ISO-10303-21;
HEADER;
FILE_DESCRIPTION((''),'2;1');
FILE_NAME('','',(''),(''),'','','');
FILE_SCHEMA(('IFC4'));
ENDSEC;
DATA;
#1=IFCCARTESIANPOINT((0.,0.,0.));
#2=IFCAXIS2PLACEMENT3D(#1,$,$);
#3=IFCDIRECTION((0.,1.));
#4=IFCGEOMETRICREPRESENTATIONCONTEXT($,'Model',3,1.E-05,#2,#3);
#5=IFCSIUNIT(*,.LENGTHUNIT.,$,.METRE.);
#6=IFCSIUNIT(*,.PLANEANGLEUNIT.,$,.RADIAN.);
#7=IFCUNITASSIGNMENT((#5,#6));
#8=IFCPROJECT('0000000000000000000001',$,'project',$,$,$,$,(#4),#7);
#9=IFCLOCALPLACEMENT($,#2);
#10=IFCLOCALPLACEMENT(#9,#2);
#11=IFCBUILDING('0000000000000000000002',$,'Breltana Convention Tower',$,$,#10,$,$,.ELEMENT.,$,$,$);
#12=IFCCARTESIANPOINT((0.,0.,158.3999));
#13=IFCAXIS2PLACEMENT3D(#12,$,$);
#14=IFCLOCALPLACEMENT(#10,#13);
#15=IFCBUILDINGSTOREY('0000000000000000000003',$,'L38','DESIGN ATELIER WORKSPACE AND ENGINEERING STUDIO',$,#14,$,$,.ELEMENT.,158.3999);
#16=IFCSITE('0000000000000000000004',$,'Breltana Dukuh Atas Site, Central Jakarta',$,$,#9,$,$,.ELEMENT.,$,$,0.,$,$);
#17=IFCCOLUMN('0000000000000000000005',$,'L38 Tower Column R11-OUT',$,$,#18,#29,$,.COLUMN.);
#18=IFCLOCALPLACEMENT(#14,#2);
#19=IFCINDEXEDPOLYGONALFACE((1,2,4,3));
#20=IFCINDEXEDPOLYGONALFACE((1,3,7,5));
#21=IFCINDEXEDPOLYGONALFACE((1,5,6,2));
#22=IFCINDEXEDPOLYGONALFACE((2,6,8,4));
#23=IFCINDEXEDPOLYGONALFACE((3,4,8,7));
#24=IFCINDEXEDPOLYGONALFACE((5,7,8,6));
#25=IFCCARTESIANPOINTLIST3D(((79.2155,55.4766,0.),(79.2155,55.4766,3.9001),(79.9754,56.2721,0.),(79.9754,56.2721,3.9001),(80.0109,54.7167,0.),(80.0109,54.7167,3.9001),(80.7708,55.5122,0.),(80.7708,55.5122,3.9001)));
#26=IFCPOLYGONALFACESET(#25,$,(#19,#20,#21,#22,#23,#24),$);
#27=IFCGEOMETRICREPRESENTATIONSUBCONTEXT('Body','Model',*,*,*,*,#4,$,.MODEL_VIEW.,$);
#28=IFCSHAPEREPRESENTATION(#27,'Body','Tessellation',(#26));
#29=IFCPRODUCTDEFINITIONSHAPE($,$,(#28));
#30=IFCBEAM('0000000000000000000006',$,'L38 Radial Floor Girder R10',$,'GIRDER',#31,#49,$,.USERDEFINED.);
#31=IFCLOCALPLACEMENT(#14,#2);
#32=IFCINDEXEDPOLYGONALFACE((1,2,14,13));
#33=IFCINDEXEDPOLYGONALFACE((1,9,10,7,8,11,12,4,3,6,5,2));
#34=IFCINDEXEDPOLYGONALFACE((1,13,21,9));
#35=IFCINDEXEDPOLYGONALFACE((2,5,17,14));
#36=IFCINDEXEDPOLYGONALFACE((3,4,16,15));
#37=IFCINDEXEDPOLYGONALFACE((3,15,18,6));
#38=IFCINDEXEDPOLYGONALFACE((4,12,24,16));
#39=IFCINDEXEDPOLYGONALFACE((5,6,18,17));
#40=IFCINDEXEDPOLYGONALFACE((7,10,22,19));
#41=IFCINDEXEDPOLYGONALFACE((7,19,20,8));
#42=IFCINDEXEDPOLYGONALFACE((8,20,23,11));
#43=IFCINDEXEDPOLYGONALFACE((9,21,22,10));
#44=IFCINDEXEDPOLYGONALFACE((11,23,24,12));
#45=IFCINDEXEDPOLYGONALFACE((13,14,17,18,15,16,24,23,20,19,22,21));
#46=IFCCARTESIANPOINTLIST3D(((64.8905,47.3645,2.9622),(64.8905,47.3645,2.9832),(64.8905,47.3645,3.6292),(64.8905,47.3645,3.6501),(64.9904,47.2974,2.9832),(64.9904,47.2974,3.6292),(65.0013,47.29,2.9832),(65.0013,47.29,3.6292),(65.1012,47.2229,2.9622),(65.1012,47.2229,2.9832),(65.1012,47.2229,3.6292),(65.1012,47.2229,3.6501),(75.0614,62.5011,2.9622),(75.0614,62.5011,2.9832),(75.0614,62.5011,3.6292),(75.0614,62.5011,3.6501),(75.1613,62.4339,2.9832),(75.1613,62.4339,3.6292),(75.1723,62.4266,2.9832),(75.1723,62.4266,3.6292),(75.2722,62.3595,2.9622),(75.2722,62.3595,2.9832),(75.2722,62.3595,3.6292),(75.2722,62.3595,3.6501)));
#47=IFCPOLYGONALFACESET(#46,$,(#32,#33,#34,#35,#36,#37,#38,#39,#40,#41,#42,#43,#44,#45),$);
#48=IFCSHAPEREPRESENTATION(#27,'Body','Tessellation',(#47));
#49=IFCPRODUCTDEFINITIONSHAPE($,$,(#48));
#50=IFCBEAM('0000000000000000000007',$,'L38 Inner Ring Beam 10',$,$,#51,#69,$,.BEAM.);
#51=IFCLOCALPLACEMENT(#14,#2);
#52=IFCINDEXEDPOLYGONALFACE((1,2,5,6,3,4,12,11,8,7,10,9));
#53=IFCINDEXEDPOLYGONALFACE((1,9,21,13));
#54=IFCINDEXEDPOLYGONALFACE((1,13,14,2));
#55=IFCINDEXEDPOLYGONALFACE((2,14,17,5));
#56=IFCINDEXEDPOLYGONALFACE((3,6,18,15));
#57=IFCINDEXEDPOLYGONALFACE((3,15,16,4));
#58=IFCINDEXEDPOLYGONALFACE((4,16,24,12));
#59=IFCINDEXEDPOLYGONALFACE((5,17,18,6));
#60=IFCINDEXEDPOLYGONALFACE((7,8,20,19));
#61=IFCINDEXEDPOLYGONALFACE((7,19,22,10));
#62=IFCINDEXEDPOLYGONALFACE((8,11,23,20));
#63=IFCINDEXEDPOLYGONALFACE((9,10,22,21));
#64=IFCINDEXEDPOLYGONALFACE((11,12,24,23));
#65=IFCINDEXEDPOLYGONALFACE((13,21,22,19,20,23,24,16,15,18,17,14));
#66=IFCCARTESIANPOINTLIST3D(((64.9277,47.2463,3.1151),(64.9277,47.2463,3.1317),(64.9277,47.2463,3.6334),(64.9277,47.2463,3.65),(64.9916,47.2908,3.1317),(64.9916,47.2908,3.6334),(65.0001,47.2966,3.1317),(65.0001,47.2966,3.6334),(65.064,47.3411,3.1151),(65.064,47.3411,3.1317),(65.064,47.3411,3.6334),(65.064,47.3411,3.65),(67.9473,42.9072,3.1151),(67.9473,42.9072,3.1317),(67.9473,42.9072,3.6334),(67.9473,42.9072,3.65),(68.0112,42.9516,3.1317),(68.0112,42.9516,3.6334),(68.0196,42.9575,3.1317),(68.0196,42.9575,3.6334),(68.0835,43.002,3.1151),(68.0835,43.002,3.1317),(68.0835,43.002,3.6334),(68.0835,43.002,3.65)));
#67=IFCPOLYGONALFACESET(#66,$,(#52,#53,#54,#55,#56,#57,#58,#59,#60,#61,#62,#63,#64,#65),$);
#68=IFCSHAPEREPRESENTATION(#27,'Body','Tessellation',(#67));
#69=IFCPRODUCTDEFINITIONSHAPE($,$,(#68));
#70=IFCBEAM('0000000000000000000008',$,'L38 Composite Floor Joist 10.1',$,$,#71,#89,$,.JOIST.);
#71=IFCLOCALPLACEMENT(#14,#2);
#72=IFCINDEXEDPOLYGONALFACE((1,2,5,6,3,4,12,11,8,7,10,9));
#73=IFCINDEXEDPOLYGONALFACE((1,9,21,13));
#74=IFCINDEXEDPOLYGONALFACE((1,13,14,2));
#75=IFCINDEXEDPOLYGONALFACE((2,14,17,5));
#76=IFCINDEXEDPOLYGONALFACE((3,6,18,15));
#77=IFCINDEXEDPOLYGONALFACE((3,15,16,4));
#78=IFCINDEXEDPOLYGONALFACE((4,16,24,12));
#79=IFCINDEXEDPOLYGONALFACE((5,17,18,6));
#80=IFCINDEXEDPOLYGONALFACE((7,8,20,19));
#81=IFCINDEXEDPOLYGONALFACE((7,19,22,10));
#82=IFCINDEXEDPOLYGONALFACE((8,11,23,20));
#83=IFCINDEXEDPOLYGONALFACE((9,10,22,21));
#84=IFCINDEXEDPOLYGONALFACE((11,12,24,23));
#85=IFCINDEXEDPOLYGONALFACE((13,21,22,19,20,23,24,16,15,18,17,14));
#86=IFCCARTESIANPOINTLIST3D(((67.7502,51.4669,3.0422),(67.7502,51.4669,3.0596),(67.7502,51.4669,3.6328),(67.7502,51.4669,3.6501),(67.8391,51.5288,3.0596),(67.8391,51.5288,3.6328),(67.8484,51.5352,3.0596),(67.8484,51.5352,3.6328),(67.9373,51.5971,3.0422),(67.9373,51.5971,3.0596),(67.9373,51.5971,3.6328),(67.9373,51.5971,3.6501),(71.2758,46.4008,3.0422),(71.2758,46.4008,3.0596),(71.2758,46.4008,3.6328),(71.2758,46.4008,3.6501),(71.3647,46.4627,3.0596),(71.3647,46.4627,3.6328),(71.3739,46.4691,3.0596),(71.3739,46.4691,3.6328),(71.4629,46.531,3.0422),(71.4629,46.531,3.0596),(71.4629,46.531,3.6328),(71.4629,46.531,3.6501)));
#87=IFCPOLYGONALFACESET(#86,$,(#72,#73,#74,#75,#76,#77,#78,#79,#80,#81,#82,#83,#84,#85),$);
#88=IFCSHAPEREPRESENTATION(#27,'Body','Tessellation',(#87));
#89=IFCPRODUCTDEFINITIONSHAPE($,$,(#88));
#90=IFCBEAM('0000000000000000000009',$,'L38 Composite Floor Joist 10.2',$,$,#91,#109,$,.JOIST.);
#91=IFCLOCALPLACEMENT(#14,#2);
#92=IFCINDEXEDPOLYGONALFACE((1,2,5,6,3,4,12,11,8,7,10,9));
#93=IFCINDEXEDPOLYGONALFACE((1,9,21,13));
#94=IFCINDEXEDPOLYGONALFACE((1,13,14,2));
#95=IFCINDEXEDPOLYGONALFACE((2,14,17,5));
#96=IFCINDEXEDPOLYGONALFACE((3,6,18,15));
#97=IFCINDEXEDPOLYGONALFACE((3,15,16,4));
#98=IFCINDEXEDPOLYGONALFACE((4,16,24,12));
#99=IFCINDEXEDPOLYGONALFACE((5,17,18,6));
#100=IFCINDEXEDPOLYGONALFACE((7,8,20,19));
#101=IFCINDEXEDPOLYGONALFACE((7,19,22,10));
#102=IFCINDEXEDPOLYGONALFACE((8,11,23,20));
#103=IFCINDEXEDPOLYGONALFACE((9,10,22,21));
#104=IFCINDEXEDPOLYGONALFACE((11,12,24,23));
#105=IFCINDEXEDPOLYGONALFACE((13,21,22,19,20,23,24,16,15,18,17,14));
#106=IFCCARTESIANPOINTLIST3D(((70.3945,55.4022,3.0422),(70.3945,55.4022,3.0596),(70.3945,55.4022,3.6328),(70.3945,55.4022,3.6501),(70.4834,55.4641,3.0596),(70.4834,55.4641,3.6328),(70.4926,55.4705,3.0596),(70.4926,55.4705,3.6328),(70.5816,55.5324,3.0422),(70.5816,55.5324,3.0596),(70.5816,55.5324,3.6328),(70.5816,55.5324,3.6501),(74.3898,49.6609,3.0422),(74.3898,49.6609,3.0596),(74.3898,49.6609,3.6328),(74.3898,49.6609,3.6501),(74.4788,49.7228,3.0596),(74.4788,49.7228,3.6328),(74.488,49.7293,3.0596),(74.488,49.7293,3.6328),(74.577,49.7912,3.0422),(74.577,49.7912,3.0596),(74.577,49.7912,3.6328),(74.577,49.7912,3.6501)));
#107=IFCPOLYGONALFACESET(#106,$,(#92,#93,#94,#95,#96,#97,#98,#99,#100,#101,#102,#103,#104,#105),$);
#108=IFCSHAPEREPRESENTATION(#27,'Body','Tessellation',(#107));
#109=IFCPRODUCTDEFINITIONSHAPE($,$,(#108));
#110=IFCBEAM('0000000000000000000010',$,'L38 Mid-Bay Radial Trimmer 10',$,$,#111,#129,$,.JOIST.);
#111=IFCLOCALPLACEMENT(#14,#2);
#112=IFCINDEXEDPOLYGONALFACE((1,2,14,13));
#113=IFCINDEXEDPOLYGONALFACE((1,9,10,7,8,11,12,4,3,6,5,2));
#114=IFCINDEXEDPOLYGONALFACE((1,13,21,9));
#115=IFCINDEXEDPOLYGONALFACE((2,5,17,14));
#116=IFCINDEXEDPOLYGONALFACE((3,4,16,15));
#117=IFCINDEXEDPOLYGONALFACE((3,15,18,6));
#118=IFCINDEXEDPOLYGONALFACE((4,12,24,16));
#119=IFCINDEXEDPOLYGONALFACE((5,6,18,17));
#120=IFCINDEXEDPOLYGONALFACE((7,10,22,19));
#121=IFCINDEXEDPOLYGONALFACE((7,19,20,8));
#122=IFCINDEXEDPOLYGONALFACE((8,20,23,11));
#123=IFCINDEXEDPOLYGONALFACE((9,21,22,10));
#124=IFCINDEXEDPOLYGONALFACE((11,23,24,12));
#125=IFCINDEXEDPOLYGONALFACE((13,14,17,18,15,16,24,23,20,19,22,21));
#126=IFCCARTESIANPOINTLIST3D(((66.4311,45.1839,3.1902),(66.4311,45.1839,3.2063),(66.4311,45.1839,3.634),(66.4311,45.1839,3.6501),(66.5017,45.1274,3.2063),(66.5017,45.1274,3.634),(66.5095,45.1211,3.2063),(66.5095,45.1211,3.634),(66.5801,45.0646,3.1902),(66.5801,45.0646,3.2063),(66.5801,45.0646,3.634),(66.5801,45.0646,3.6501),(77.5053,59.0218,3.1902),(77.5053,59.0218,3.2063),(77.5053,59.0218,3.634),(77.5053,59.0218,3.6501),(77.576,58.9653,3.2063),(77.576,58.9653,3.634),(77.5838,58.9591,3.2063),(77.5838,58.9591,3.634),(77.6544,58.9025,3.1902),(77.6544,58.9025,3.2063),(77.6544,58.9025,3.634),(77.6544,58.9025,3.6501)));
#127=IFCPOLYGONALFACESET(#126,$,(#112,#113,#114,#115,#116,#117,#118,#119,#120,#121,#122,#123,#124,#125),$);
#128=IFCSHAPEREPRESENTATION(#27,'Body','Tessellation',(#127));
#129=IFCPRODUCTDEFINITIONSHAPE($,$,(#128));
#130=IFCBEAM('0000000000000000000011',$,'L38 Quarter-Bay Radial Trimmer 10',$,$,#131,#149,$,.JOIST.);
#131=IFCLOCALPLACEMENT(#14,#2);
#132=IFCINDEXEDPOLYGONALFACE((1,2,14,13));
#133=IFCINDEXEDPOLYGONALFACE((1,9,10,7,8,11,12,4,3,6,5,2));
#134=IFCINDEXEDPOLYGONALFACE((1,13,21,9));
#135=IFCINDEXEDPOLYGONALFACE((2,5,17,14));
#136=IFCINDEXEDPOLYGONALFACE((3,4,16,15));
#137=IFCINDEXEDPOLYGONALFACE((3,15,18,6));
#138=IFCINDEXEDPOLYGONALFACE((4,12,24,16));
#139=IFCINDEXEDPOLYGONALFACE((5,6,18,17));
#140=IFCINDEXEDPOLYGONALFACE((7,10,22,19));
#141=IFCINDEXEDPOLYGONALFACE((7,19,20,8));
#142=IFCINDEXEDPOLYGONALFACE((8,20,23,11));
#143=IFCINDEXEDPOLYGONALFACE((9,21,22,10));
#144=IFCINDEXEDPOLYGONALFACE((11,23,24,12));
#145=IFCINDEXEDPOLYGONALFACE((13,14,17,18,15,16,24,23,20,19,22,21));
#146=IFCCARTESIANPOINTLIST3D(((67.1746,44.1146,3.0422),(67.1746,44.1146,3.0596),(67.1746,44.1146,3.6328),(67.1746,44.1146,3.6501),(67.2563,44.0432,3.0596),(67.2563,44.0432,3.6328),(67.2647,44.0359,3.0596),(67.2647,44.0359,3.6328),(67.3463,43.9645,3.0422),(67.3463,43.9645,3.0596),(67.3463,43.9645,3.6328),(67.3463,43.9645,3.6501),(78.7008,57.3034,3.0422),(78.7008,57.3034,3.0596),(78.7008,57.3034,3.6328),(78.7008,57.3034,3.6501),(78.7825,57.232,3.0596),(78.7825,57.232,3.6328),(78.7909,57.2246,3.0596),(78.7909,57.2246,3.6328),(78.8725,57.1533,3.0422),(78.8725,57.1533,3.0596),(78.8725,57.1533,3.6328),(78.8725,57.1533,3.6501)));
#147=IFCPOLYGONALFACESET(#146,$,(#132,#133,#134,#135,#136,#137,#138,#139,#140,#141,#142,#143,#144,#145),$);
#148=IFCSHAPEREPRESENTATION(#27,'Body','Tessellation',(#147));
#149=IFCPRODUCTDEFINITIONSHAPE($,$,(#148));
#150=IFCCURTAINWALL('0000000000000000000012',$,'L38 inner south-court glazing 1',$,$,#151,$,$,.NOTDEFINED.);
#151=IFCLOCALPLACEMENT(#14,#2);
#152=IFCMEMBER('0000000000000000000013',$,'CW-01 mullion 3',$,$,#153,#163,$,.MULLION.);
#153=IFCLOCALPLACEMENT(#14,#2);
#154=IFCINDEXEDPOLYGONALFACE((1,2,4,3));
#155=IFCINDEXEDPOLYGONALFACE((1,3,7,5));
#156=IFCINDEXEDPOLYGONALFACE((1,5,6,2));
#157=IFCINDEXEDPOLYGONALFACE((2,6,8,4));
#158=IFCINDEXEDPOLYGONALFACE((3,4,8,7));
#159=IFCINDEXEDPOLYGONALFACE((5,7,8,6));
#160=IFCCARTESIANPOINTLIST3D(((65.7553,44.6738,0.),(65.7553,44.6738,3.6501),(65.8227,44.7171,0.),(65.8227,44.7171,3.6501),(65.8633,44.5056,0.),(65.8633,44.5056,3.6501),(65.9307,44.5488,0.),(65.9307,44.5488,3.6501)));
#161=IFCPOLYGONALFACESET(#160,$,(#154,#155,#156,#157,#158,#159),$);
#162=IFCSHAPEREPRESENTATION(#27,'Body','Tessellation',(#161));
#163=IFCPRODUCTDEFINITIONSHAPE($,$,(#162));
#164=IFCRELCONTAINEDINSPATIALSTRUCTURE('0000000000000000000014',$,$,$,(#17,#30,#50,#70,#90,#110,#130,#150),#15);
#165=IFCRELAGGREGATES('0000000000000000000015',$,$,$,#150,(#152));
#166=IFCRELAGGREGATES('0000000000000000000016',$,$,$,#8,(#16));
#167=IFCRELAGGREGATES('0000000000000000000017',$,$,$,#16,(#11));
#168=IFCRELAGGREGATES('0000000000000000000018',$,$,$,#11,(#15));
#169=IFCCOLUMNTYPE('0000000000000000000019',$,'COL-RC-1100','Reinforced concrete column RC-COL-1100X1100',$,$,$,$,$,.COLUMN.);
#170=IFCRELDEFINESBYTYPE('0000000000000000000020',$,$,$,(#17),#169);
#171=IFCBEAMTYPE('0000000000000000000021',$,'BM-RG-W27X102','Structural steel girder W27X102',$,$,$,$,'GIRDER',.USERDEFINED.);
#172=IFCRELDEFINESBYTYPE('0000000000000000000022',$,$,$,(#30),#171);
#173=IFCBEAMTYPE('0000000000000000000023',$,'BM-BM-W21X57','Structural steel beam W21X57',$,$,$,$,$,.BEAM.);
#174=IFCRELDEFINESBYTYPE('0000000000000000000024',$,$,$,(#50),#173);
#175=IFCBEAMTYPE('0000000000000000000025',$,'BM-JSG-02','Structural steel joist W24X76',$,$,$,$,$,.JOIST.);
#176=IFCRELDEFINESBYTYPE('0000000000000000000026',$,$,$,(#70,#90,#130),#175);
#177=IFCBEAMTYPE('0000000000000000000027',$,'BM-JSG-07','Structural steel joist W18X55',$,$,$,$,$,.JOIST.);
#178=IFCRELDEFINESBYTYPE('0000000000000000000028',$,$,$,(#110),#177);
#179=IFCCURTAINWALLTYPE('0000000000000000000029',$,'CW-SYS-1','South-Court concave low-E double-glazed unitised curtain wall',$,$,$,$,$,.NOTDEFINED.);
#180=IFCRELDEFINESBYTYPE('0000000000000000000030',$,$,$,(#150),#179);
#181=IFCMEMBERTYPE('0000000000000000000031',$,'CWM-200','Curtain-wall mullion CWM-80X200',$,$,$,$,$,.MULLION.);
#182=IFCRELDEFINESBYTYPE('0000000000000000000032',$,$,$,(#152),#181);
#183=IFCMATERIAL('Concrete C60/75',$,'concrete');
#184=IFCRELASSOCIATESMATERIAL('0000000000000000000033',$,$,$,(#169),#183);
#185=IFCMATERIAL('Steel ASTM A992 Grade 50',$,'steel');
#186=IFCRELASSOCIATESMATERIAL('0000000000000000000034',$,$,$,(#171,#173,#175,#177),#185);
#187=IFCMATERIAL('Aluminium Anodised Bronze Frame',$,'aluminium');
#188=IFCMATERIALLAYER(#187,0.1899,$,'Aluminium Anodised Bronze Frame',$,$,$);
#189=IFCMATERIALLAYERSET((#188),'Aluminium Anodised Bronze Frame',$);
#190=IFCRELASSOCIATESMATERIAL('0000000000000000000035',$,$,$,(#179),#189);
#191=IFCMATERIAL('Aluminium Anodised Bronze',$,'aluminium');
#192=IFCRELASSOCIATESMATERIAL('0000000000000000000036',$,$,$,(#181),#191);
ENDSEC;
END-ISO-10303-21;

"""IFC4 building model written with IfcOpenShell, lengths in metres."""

from ifc_helpers import new_model, si_unit, direction, frame, origin, origin_2d, place, context, subcontext, project, spatial, rectangle, i_section, extrude, source, transform, mapped, material, layer, layer_set, material_profile, profile_set, type_object, element, aggregate, save


model = new_model("IFC4")

# Units and contexts
model_context = context("Model", 3, precision=1e-05, world=origin(), true_north=direction((0.0, 1.0)))
body_context = subcontext(model_context, "Body", "Model", "MODEL_VIEW")
ifc_project = project(units=[si_unit("LENGTHUNIT", "METRE"), si_unit("PLANEANGLEUNIT", "RADIAN")], contexts=[model_context])

# Site, building, storey
site_placement = place(None, origin())
site = spatial("IfcSite", under=ifc_project, at=site_placement, Name="Breltana Dukuh Atas Site, Central Jakarta", CompositionType="ELEMENT", RefElevation=0.0)
building_placement = place(site_placement, origin())
building = spatial("IfcBuilding", under=site, at=building_placement, Name="Breltana Convention Tower", CompositionType="ELEMENT")
storey_placement = place(building_placement, frame((0.0, 0.0, 158.3999)))
storey = spatial("IfcBuildingStorey", under=building, at=storey_placement, Name="L38", Description="DESIGN ATELIER WORKSPACE AND ENGINEERING STUDIO", CompositionType="ELEMENT", Elevation=158.3999)

# Column
ifc_material_1 = material(Name="Concrete C60/75", Category="concrete")
ifc_material_profile_1 = material_profile(ifc_material_1, rectangle(XDim=1.1001, YDim=1.1001, at=origin_2d()), Name="RC-COL-1100X1100")
ifc_profile_set_1 = profile_set([ifc_material_profile_1], Name="Concrete C60/75")
column_type = type_object("IfcColumnType", Name="COL-RC-1100", Description="Reinforced concrete column RC-COL-1100X1100", PredefinedType="COLUMN", material=ifc_profile_set_1)
shared_shape_1 = source(origin(), body_context, "Body", "SweptSolid", [
    extrude(rectangle(XDim=1.1001, YDim=1.1001, at=origin_2d()), origin(), (0.0, 0.0, 1.0), 3.9001),
])
column_placement = place(storey_placement, frame((79.9932, 55.4944, 0.0), z_axis=(0.0, 0.0, 1.0), x_axis=(0.690756, 0.723088, 0.0)))
element("IfcColumn", 1, at=column_placement, inside=storey, type_object=column_type, Name="L38 Tower Column R11-OUT", PredefinedType="COLUMN", context=body_context, shape_type="MappedRepresentation", body=[
    mapped(shared_shape_1, transform((0.0, 0.0, 0.0), scale=1.0)),
])

# Beams
ifc_material_2 = material(Name="Steel ASTM A992 Grade 50", Category="steel")
ifc_material_profile_2 = material_profile(ifc_material_2, i_section(OverallWidth=0.2539, OverallDepth=0.688, WebThickness=0.0132, FlangeThickness=0.021, at=origin_2d()), Name="W27X102")
ifc_profile_set_2 = profile_set([ifc_material_profile_2], Name="Steel ASTM A992 Grade 50")
beam_type_1 = type_object("IfcBeamType", Name="BM-RG-W27X102", Description="Structural steel girder W27X102", ElementType="GIRDER", PredefinedType="USERDEFINED", material=ifc_profile_set_2)
shared_shape_2 = source(origin(), body_context, "Body", "SweptSolid", [
    extrude(i_section(OverallWidth=0.2539, OverallDepth=0.688, WebThickness=0.0132, FlangeThickness=0.021, at=origin_2d()), origin(), (0.0, 0.0, 1.0), 18.2363),
])
beam_1_placement = place(storey_placement, frame((64.9958, 47.2937, 3.3062), z_axis=(0.55773, 0.830022, 0.0), x_axis=(-0.830022, 0.55773, 0.0)))
element("IfcBeam", 2, at=beam_1_placement, inside=storey, type_object=beam_type_1, Name="L38 Radial Floor Girder R10", ObjectType="GIRDER", PredefinedType="USERDEFINED", context=body_context, shape_type="MappedRepresentation", body=[
    mapped(shared_shape_2, transform((0.0, 0.0, 0.0), scale=1.0)),
])
ifc_material_profile_3 = material_profile(ifc_material_2, i_section(OverallWidth=0.166, OverallDepth=0.5349, WebThickness=0.0103, FlangeThickness=0.0166, at=origin_2d()), Name="W21X57")
ifc_profile_set_3 = profile_set([ifc_material_profile_3], Name="Steel ASTM A992 Grade 50")
beam_type_2 = type_object("IfcBeamType", Name="BM-BM-W21X57", Description="Structural steel beam W21X57", PredefinedType="BEAM", material=ifc_profile_set_3)
shared_shape_3 = source(origin(), body_context, "Body", "SweptSolid", [
    extrude(i_section(OverallWidth=0.166, OverallDepth=0.5349, WebThickness=0.0103, FlangeThickness=0.0166, at=origin_2d()), origin(), (0.0, 0.0, 1.0), 5.2864),
])
beam_2_placement = place(storey_placement, frame((64.9958, 47.2937, 3.3826), z_axis=(0.571194, -0.820815, 0.0), x_axis=(0.820815, 0.571194, 0.0)))
element("IfcBeam", 3, at=beam_2_placement, inside=storey, type_object=beam_type_2, Name="L38 Inner Ring Beam 10", PredefinedType="BEAM", context=body_context, shape_type="MappedRepresentation", body=[
    mapped(shared_shape_3, transform((0.0, 0.0, 0.0), scale=1.0)),
])
ifc_material_profile_4 = material_profile(ifc_material_2, i_section(OverallWidth=0.228, OverallDepth=0.6079, WebThickness=0.0112, FlangeThickness=0.0173, at=origin_2d()), Name="W24X76")
ifc_profile_set_4 = profile_set([ifc_material_profile_4], Name="Steel ASTM A992 Grade 50")
beam_type_3 = type_object("IfcBeamType", Name="BM-JSG-02", Description="Structural steel joist W24X76", PredefinedType="JOIST", material=ifc_profile_set_4)
shared_shape_4 = source(origin(), body_context, "Body", "SweptSolid", [
    extrude(i_section(OverallWidth=0.228, OverallDepth=0.6079, WebThickness=0.0112, FlangeThickness=0.0173, at=origin_2d()), origin(), (0.0, 0.0, 1.0), 6.1721),
])
beam_3_placement = place(storey_placement, frame((67.8438, 51.532, 3.3462), z_axis=(0.571212, -0.820803, 0.0), x_axis=(0.820803, 0.571212, 0.0)))
element("IfcBeam", 4, at=beam_3_placement, inside=storey, type_object=beam_type_3, Name="L38 Composite Floor Joist 10.1", PredefinedType="JOIST", context=body_context, shape_type="MappedRepresentation", body=[
    mapped(shared_shape_4, transform((0.0, 0.0, 0.0), scale=1.0)),
])
shared_shape_5 = source(origin(), body_context, "Body", "SweptSolid", [
    extrude(i_section(OverallWidth=0.228, OverallDepth=0.6079, WebThickness=0.0112, FlangeThickness=0.0173, at=origin_2d()), origin(), (0.0, 0.0, 1.0), 6.9946),
])
beam_4_placement = place(storey_placement, frame((70.488, 55.4673, 3.3462), z_axis=(0.571207, -0.820806, 0.0), x_axis=(0.820806, 0.571207, 0.0)))
element("IfcBeam", 5, at=beam_4_placement, inside=storey, type_object=beam_type_3, Name="L38 Composite Floor Joist 10.2", PredefinedType="JOIST", context=body_context, shape_type="MappedRepresentation", body=[
    mapped(shared_shape_5, transform((0.0, 0.0, 0.0), scale=1.0)),
])
ifc_material_profile_5 = material_profile(ifc_material_2, i_section(OverallWidth=0.1909, OverallDepth=0.46, WebThickness=0.01, FlangeThickness=0.0161, at=origin_2d()), Name="W18X55")
ifc_profile_set_5 = profile_set([ifc_material_profile_5], Name="Steel ASTM A992 Grade 50")
beam_type_4 = type_object("IfcBeamType", Name="BM-JSG-07", Description="Structural steel joist W18X55", PredefinedType="JOIST", material=ifc_profile_set_5)
shared_shape_6 = source(origin(), body_context, "Body", "SweptSolid", [
    extrude(i_section(OverallWidth=0.1909, OverallDepth=0.46, WebThickness=0.01, FlangeThickness=0.0161, at=origin_2d()), origin(), (0.0, 0.0, 1.0), 17.7236),
])
beam_5_placement = place(storey_placement, frame((66.5056, 45.1243, 3.4202), z_axis=(0.624829, 0.780761, 0.0), x_axis=(-0.780761, 0.624829, 0.0)))
element("IfcBeam", 6, at=beam_5_placement, inside=storey, type_object=beam_type_4, Name="L38 Mid-Bay Radial Trimmer 10", PredefinedType="JOIST", context=body_context, shape_type="MappedRepresentation", body=[
    mapped(shared_shape_6, transform((0.0, 0.0, 0.0), scale=1.0)),
])
shared_shape_7 = source(origin(), body_context, "Body", "SweptSolid", [
    extrude(i_section(OverallWidth=0.228, OverallDepth=0.6079, WebThickness=0.0112, FlangeThickness=0.0173, at=origin_2d()), origin(), (0.0, 0.0, 1.0), 17.5156),
])
beam_6_placement = place(storey_placement, frame((67.2605, 44.0396, 3.3462), z_axis=(0.658052, 0.752973, 0.0), x_axis=(-0.752973, 0.658052, 0.0)))
element("IfcBeam", 7, at=beam_6_placement, inside=storey, type_object=beam_type_3, Name="L38 Quarter-Bay Radial Trimmer 10", PredefinedType="JOIST", context=body_context, shape_type="MappedRepresentation", body=[
    mapped(shared_shape_7, transform((0.0, 0.0, 0.0), scale=1.0)),
])

# Curtain wall, member
ifc_material_3 = material(Name="Aluminium Anodised Bronze Frame", Category="aluminium")
ifc_layer_1 = layer(ifc_material_3, 0.1899, Name="Aluminium Anodised Bronze Frame")
ifc_layer_set_1 = layer_set([ifc_layer_1], Name="Aluminium Anodised Bronze Frame")
curtain_wall_type_1 = type_object("IfcCurtainWallType", Name="CW-SYS-1", Description="South-Court concave low-E double-glazed unitised curtain wall", PredefinedType="NOTDEFINED", material=ifc_layer_set_1)
curtain_wall_1_placement = place(storey_placement, origin())
curtain_wall_1 = element("IfcCurtainWall", 8, at=curtain_wall_1_placement, inside=storey, type_object=curtain_wall_type_1, Name="L38 inner south-court glazing 1", PredefinedType="NOTDEFINED")
ifc_material_4 = material(Name="Aluminium Anodised Bronze", Category="aluminium")
ifc_material_profile_6 = material_profile(ifc_material_4, rectangle(XDim=0.0801, YDim=0.2, at=origin_2d()), Name="CWM-80X200")
ifc_profile_set_6 = profile_set([ifc_material_profile_6], Name="Aluminium Anodised Bronze")
member_type_1 = type_object("IfcMemberType", Name="CWM-200", Description="Curtain-wall mullion CWM-80X200", PredefinedType="MULLION", material=ifc_profile_set_6)
shared_shape_8 = source(origin(), body_context, "Body", "SweptSolid", [
    extrude(rectangle(XDim=0.0801, YDim=0.2, at=origin_2d()), origin(), (0.0, 0.0, 1.0), 3.6501),
])
member_1_placement = place(storey_placement, frame((65.843, 44.6113, 0.0), z_axis=(0.0, 0.0, 1.0), x_axis=(-0.841547, -0.540184, 0.0)))
member_1 = element("IfcMember", 9, at=member_1_placement, type_object=member_type_1, Name="CW-01 mullion 3", PredefinedType="MULLION", context=body_context, shape_type="MappedRepresentation", body=[
    mapped(shared_shape_8, transform((0.0, 0.0, 0.0), scale=1.0)),
])

aggregate(curtain_wall_1, [member_1])

save(model, "model.ifc")
